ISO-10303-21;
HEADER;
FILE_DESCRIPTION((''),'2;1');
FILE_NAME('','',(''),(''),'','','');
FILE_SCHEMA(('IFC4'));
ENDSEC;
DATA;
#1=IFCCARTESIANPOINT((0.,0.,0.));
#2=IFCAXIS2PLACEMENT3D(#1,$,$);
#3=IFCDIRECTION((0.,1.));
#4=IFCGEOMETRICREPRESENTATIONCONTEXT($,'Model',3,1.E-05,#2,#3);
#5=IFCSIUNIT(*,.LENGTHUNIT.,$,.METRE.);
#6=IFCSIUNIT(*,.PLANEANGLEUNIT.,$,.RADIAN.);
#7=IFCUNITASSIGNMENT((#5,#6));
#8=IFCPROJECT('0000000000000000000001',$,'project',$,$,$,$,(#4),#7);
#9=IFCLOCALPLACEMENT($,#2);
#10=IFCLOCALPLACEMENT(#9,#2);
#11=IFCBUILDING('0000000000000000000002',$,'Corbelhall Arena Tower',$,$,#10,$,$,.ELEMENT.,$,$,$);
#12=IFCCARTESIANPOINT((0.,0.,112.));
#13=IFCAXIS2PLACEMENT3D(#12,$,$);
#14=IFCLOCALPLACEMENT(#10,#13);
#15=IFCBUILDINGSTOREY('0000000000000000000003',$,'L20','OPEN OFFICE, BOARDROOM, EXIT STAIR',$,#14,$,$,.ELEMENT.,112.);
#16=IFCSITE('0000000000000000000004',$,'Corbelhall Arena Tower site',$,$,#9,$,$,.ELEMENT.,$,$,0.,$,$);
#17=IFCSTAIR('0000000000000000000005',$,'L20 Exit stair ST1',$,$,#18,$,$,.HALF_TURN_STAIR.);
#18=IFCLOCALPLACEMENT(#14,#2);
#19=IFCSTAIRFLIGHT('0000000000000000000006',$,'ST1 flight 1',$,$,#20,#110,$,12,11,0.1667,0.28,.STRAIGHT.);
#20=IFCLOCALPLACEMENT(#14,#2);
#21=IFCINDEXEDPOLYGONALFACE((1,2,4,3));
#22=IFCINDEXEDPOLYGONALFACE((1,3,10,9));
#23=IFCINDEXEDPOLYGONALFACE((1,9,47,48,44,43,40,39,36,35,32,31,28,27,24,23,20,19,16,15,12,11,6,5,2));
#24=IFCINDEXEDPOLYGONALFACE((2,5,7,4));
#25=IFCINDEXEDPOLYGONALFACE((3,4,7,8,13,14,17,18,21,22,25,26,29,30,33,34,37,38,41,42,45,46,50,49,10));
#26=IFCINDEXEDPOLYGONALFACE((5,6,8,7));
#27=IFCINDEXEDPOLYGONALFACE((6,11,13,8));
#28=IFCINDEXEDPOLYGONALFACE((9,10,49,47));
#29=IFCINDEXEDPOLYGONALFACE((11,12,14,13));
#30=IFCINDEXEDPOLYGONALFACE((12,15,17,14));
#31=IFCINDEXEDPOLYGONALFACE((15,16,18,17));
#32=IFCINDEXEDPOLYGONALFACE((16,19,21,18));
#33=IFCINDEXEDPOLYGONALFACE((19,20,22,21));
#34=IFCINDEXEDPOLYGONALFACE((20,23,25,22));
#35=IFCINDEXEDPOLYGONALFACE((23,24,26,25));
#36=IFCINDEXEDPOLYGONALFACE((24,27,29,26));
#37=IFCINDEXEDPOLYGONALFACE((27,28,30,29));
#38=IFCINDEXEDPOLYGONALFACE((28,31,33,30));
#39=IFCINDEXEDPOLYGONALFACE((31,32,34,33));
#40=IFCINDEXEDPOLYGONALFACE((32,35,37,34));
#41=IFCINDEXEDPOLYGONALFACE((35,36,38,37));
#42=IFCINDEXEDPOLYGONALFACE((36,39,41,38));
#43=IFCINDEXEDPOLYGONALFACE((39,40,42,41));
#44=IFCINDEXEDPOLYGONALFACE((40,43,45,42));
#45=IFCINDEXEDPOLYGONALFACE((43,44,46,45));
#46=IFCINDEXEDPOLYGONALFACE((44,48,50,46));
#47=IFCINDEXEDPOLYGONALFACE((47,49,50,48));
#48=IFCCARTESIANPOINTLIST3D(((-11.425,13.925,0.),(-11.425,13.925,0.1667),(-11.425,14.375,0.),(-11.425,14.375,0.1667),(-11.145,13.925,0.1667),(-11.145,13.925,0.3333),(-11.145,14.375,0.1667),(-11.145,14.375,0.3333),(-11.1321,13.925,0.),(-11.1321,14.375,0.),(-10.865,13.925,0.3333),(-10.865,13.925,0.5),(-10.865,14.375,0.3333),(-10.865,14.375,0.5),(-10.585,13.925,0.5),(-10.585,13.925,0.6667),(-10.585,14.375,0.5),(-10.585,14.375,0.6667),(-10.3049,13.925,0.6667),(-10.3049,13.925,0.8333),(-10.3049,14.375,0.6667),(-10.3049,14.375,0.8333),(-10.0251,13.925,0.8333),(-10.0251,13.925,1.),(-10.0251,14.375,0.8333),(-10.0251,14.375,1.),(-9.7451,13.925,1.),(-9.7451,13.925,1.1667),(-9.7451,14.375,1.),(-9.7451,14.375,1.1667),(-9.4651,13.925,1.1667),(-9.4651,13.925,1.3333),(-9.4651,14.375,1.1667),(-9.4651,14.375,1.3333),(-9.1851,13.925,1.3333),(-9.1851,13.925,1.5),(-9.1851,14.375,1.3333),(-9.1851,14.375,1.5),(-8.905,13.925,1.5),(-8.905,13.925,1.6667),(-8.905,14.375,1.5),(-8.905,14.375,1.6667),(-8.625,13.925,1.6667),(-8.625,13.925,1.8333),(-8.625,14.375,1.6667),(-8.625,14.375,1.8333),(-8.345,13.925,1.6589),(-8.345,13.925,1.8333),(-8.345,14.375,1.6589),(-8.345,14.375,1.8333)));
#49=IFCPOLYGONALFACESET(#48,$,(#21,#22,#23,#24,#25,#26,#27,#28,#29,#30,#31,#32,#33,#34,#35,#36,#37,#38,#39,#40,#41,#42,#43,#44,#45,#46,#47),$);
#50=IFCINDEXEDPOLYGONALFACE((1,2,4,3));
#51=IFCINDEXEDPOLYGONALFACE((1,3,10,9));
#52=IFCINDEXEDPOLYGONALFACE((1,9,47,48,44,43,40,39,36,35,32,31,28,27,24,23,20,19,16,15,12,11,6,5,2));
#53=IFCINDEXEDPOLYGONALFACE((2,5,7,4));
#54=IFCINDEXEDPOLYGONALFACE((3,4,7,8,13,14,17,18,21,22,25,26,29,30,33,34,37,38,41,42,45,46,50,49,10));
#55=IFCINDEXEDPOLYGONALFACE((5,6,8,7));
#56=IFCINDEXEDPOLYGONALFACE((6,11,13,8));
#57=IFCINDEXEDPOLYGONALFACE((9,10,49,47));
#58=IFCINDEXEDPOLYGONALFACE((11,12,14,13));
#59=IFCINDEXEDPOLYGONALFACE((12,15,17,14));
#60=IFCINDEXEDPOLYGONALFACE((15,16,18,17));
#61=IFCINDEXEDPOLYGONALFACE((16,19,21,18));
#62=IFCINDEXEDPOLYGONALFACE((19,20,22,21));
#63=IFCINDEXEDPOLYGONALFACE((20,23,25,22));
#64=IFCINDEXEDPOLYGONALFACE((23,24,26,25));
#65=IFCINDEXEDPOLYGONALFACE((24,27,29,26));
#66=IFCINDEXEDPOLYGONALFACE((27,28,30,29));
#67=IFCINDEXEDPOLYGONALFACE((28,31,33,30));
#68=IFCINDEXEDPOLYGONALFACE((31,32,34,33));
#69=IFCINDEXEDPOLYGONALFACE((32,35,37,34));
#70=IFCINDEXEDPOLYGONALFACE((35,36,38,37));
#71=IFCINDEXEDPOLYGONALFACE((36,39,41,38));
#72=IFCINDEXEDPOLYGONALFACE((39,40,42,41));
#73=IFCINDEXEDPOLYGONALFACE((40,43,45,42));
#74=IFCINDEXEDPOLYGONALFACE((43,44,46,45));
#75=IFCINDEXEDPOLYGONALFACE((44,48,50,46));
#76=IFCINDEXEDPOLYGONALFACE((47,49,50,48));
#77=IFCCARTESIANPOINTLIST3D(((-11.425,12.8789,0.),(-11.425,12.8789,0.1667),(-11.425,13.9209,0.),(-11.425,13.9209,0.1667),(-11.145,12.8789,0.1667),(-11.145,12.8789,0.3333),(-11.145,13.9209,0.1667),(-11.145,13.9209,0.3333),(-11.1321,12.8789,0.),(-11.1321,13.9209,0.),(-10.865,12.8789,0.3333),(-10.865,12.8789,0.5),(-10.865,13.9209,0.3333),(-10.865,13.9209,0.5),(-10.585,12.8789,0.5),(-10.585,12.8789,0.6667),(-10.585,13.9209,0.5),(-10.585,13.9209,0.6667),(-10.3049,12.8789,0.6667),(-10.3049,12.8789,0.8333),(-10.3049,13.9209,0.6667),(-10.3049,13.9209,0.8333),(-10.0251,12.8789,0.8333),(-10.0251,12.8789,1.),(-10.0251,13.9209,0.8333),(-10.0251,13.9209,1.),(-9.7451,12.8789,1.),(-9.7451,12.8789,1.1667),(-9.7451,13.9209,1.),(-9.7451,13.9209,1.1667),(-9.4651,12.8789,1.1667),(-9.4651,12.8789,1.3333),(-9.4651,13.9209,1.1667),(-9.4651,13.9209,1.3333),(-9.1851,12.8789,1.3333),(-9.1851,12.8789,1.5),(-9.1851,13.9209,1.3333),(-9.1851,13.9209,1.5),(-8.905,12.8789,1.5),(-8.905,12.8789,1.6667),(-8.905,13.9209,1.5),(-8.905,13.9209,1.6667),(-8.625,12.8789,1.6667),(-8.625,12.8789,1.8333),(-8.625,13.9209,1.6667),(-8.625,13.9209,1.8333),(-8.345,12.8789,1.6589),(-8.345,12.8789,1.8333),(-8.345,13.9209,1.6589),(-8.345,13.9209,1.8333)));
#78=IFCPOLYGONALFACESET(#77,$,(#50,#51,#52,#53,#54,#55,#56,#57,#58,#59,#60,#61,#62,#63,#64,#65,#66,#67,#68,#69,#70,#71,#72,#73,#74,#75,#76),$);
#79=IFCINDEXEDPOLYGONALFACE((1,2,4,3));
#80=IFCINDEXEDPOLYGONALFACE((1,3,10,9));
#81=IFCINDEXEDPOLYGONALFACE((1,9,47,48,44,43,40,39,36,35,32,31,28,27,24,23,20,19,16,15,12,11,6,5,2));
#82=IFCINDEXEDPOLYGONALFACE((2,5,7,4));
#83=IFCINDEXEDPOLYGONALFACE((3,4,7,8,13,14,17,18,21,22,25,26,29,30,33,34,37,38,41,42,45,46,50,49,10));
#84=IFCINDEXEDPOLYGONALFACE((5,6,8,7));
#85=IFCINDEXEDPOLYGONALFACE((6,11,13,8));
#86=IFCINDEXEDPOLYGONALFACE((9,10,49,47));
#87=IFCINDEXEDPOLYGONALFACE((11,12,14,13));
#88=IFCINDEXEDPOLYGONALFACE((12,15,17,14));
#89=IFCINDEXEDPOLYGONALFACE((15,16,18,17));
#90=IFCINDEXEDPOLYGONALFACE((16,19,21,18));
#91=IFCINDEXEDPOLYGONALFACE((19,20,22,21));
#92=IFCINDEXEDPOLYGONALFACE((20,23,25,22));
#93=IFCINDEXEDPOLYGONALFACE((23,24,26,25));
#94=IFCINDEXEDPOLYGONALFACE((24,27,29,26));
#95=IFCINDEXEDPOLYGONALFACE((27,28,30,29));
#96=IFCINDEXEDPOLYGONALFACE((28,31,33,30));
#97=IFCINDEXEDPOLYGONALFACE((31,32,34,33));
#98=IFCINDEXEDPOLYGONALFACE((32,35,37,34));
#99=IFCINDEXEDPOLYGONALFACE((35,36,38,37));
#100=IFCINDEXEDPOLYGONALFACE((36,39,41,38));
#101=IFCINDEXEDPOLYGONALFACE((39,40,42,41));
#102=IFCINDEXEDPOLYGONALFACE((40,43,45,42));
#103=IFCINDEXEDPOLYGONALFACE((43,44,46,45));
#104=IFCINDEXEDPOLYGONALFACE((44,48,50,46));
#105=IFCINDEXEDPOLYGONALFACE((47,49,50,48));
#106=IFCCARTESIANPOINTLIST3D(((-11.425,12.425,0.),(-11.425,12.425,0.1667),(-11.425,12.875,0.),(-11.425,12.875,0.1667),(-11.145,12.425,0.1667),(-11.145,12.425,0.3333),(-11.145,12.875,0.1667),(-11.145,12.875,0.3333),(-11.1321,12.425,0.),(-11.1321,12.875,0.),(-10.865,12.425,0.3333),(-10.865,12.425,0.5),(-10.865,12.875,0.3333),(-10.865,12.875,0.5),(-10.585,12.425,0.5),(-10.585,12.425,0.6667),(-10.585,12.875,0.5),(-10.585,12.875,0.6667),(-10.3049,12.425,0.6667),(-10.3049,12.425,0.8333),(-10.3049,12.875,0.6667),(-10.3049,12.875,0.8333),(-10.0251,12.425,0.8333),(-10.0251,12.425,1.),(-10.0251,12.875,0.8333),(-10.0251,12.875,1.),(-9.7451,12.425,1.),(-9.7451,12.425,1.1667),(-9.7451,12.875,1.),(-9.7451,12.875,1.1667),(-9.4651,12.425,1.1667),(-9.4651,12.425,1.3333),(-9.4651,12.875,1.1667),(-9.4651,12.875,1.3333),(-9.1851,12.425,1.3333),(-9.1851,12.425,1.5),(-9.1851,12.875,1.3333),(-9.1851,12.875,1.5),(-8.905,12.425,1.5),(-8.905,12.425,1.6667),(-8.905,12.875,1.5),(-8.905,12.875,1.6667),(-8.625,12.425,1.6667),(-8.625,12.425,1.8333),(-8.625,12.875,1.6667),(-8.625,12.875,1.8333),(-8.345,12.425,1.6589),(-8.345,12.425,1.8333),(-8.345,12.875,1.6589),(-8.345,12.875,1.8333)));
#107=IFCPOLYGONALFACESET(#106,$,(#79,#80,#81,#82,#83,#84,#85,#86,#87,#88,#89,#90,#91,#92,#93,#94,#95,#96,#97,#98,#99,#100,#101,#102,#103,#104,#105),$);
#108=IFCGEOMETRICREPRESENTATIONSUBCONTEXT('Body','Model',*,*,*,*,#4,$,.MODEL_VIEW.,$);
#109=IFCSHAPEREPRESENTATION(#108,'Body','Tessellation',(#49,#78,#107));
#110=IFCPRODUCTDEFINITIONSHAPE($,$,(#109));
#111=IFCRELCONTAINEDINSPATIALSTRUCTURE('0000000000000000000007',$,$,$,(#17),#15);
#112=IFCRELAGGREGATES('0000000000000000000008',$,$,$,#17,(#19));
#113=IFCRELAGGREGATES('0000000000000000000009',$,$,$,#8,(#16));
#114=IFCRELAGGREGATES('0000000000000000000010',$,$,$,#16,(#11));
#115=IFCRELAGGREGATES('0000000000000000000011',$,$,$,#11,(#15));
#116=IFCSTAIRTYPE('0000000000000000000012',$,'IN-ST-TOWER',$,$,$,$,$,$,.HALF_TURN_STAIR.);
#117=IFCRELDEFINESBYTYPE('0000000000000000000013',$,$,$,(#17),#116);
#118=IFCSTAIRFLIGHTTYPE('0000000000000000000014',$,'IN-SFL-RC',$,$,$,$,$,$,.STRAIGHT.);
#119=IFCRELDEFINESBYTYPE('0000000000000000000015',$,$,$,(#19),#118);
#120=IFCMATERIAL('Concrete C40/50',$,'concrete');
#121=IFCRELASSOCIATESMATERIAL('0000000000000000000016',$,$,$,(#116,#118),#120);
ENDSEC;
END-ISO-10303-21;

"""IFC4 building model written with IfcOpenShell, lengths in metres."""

from ifc_helpers import new_model, si_unit, direction, frame, origin, place, context, subcontext, project, spatial, polyline, outline, extrude, material, type_object, element, aggregate, save


model = new_model("IFC4")

# Units and contexts
model_context = context("Model", 3, precision=1e-05, world=origin(), true_north=direction((0.0, 1.0)))
body_context = subcontext(model_context, "Body", "Model", "MODEL_VIEW")
ifc_project = project(units=[si_unit("LENGTHUNIT", "METRE"), si_unit("PLANEANGLEUNIT", "RADIAN")], contexts=[model_context])

# Site, building, storey
site_placement = place(None, origin())
site = spatial("IfcSite", under=ifc_project, at=site_placement, Name="Corbelhall Arena Tower site", CompositionType="ELEMENT", RefElevation=0.0)
building_placement = place(site_placement, origin())
building = spatial("IfcBuilding", under=site, at=building_placement, Name="Corbelhall Arena Tower", CompositionType="ELEMENT")
storey_placement = place(building_placement, frame((0.0, 0.0, 112.0)))
storey = spatial("IfcBuildingStorey", under=building, at=storey_placement, Name="L20", Description="OPEN OFFICE, BOARDROOM, EXIT STAIR", CompositionType="ELEMENT", Elevation=112.0)

# Shared definitions
ifc_material_1 = material(Name="Concrete C40/50", Category="concrete")

# Stair, stair flight
stair_type = type_object("IfcStairType", Name="IN-ST-TOWER", PredefinedType="HALF_TURN_STAIR", material=ifc_material_1)
stair_placement = place(storey_placement, origin())
stair = element("IfcStair", 1, at=stair_placement, inside=storey, type_object=stair_type, Name="L20 Exit stair ST1", PredefinedType="HALF_TURN_STAIR")
stair_flight_type = type_object("IfcStairFlightType", Name="IN-SFL-RC", PredefinedType="STRAIGHT", material=ifc_material_1)
stair_flight_placement = place(storey_placement, frame((-11.425, 13.3999, 0.0), z_axis=(0.0, 0.0, 1.0), x_axis=(1.0, 0.0, 0.0)))
stair_flight = element("IfcStairFlight", 2, at=stair_flight_placement, type_object=stair_flight_type, Name="ST1 flight 1", NumberOfRisers=12, NumberOfTreads=11, PredefinedType="STRAIGHT", RiserHeight=0.1667, TreadLength=0.28, context=body_context, shape_type="SweptSolid", body=[
    extrude(outline(polyline([(0.0, 0.0), (0.0, 0.1667), (0.28, 0.1667), (0.28, 0.3333), (0.5601, 0.3333), (0.5601, 0.5), (0.8401, 0.5), (0.8401, 0.6667), (1.1201, 0.6667), (1.1201, 0.8333), (1.3999, 0.8333), (1.3999, 1.0), (1.6799, 1.0), (1.6799, 1.1667), (1.96, 1.1667), (1.96, 1.3333), (2.24, 1.3333), (2.24, 1.5), (2.52, 1.5), (2.52, 1.6667), (2.8, 1.6667), (2.8, 1.8333), (3.0801, 1.8333), (3.0801, 2.0), (3.0801, 1.6589), (0.293, 0.0), (0.0, 0.0)])), frame((0.0, 0.9751, 0.0), z_axis=(0.0, -1.0, 0.0), x_axis=(1.0, 0.0, 0.0)), (0.0, 0.0, 1.0), 0.45),
    extrude(outline(polyline([(0.0, 0.0), (0.0, 0.1667), (0.28, 0.1667), (0.28, 0.3333), (0.5601, 0.3333), (0.5601, 0.5), (0.8401, 0.5), (0.8401, 0.6667), (1.1201, 0.6667), (1.1201, 0.8333), (1.3999, 0.8333), (1.3999, 1.0), (1.6799, 1.0), (1.6799, 1.1667), (1.96, 1.1667), (1.96, 1.3333), (2.24, 1.3333), (2.24, 1.5), (2.52, 1.5), (2.52, 1.6667), (2.8, 1.6667), (2.8, 1.8333), (3.0801, 1.8333), (3.0801, 2.0), (3.0801, 1.6589), (0.293, 0.0), (0.0, 0.0)])), frame((0.0, 0.521, 0.0), z_axis=(0.0, -1.0, 0.0), x_axis=(1.0, 0.0, 0.0)), (0.0, 0.0, 1.0), 1.042),
    extrude(outline(polyline([(0.0, 0.0), (0.0, 0.1667), (0.28, 0.1667), (0.28, 0.3333), (0.5601, 0.3333), (0.5601, 0.5), (0.8401, 0.5), (0.8401, 0.6667), (1.1201, 0.6667), (1.1201, 0.8333), (1.3999, 0.8333), (1.3999, 1.0), (1.6799, 1.0), (1.6799, 1.1667), (1.96, 1.1667), (1.96, 1.3333), (2.24, 1.3333), (2.24, 1.5), (2.52, 1.5), (2.52, 1.6667), (2.8, 1.6667), (2.8, 1.8333), (3.0801, 1.8333), (3.0801, 2.0), (3.0801, 1.6589), (0.293, 0.0), (0.0, 0.0)])), frame((0.0, -0.5249, 0.0), z_axis=(0.0, -1.0, 0.0), x_axis=(1.0, 0.0, 0.0)), (0.0, 0.0, 1.0), 0.45),
])
aggregate(stair, [stair_flight])

save(model, "model.ifc")
